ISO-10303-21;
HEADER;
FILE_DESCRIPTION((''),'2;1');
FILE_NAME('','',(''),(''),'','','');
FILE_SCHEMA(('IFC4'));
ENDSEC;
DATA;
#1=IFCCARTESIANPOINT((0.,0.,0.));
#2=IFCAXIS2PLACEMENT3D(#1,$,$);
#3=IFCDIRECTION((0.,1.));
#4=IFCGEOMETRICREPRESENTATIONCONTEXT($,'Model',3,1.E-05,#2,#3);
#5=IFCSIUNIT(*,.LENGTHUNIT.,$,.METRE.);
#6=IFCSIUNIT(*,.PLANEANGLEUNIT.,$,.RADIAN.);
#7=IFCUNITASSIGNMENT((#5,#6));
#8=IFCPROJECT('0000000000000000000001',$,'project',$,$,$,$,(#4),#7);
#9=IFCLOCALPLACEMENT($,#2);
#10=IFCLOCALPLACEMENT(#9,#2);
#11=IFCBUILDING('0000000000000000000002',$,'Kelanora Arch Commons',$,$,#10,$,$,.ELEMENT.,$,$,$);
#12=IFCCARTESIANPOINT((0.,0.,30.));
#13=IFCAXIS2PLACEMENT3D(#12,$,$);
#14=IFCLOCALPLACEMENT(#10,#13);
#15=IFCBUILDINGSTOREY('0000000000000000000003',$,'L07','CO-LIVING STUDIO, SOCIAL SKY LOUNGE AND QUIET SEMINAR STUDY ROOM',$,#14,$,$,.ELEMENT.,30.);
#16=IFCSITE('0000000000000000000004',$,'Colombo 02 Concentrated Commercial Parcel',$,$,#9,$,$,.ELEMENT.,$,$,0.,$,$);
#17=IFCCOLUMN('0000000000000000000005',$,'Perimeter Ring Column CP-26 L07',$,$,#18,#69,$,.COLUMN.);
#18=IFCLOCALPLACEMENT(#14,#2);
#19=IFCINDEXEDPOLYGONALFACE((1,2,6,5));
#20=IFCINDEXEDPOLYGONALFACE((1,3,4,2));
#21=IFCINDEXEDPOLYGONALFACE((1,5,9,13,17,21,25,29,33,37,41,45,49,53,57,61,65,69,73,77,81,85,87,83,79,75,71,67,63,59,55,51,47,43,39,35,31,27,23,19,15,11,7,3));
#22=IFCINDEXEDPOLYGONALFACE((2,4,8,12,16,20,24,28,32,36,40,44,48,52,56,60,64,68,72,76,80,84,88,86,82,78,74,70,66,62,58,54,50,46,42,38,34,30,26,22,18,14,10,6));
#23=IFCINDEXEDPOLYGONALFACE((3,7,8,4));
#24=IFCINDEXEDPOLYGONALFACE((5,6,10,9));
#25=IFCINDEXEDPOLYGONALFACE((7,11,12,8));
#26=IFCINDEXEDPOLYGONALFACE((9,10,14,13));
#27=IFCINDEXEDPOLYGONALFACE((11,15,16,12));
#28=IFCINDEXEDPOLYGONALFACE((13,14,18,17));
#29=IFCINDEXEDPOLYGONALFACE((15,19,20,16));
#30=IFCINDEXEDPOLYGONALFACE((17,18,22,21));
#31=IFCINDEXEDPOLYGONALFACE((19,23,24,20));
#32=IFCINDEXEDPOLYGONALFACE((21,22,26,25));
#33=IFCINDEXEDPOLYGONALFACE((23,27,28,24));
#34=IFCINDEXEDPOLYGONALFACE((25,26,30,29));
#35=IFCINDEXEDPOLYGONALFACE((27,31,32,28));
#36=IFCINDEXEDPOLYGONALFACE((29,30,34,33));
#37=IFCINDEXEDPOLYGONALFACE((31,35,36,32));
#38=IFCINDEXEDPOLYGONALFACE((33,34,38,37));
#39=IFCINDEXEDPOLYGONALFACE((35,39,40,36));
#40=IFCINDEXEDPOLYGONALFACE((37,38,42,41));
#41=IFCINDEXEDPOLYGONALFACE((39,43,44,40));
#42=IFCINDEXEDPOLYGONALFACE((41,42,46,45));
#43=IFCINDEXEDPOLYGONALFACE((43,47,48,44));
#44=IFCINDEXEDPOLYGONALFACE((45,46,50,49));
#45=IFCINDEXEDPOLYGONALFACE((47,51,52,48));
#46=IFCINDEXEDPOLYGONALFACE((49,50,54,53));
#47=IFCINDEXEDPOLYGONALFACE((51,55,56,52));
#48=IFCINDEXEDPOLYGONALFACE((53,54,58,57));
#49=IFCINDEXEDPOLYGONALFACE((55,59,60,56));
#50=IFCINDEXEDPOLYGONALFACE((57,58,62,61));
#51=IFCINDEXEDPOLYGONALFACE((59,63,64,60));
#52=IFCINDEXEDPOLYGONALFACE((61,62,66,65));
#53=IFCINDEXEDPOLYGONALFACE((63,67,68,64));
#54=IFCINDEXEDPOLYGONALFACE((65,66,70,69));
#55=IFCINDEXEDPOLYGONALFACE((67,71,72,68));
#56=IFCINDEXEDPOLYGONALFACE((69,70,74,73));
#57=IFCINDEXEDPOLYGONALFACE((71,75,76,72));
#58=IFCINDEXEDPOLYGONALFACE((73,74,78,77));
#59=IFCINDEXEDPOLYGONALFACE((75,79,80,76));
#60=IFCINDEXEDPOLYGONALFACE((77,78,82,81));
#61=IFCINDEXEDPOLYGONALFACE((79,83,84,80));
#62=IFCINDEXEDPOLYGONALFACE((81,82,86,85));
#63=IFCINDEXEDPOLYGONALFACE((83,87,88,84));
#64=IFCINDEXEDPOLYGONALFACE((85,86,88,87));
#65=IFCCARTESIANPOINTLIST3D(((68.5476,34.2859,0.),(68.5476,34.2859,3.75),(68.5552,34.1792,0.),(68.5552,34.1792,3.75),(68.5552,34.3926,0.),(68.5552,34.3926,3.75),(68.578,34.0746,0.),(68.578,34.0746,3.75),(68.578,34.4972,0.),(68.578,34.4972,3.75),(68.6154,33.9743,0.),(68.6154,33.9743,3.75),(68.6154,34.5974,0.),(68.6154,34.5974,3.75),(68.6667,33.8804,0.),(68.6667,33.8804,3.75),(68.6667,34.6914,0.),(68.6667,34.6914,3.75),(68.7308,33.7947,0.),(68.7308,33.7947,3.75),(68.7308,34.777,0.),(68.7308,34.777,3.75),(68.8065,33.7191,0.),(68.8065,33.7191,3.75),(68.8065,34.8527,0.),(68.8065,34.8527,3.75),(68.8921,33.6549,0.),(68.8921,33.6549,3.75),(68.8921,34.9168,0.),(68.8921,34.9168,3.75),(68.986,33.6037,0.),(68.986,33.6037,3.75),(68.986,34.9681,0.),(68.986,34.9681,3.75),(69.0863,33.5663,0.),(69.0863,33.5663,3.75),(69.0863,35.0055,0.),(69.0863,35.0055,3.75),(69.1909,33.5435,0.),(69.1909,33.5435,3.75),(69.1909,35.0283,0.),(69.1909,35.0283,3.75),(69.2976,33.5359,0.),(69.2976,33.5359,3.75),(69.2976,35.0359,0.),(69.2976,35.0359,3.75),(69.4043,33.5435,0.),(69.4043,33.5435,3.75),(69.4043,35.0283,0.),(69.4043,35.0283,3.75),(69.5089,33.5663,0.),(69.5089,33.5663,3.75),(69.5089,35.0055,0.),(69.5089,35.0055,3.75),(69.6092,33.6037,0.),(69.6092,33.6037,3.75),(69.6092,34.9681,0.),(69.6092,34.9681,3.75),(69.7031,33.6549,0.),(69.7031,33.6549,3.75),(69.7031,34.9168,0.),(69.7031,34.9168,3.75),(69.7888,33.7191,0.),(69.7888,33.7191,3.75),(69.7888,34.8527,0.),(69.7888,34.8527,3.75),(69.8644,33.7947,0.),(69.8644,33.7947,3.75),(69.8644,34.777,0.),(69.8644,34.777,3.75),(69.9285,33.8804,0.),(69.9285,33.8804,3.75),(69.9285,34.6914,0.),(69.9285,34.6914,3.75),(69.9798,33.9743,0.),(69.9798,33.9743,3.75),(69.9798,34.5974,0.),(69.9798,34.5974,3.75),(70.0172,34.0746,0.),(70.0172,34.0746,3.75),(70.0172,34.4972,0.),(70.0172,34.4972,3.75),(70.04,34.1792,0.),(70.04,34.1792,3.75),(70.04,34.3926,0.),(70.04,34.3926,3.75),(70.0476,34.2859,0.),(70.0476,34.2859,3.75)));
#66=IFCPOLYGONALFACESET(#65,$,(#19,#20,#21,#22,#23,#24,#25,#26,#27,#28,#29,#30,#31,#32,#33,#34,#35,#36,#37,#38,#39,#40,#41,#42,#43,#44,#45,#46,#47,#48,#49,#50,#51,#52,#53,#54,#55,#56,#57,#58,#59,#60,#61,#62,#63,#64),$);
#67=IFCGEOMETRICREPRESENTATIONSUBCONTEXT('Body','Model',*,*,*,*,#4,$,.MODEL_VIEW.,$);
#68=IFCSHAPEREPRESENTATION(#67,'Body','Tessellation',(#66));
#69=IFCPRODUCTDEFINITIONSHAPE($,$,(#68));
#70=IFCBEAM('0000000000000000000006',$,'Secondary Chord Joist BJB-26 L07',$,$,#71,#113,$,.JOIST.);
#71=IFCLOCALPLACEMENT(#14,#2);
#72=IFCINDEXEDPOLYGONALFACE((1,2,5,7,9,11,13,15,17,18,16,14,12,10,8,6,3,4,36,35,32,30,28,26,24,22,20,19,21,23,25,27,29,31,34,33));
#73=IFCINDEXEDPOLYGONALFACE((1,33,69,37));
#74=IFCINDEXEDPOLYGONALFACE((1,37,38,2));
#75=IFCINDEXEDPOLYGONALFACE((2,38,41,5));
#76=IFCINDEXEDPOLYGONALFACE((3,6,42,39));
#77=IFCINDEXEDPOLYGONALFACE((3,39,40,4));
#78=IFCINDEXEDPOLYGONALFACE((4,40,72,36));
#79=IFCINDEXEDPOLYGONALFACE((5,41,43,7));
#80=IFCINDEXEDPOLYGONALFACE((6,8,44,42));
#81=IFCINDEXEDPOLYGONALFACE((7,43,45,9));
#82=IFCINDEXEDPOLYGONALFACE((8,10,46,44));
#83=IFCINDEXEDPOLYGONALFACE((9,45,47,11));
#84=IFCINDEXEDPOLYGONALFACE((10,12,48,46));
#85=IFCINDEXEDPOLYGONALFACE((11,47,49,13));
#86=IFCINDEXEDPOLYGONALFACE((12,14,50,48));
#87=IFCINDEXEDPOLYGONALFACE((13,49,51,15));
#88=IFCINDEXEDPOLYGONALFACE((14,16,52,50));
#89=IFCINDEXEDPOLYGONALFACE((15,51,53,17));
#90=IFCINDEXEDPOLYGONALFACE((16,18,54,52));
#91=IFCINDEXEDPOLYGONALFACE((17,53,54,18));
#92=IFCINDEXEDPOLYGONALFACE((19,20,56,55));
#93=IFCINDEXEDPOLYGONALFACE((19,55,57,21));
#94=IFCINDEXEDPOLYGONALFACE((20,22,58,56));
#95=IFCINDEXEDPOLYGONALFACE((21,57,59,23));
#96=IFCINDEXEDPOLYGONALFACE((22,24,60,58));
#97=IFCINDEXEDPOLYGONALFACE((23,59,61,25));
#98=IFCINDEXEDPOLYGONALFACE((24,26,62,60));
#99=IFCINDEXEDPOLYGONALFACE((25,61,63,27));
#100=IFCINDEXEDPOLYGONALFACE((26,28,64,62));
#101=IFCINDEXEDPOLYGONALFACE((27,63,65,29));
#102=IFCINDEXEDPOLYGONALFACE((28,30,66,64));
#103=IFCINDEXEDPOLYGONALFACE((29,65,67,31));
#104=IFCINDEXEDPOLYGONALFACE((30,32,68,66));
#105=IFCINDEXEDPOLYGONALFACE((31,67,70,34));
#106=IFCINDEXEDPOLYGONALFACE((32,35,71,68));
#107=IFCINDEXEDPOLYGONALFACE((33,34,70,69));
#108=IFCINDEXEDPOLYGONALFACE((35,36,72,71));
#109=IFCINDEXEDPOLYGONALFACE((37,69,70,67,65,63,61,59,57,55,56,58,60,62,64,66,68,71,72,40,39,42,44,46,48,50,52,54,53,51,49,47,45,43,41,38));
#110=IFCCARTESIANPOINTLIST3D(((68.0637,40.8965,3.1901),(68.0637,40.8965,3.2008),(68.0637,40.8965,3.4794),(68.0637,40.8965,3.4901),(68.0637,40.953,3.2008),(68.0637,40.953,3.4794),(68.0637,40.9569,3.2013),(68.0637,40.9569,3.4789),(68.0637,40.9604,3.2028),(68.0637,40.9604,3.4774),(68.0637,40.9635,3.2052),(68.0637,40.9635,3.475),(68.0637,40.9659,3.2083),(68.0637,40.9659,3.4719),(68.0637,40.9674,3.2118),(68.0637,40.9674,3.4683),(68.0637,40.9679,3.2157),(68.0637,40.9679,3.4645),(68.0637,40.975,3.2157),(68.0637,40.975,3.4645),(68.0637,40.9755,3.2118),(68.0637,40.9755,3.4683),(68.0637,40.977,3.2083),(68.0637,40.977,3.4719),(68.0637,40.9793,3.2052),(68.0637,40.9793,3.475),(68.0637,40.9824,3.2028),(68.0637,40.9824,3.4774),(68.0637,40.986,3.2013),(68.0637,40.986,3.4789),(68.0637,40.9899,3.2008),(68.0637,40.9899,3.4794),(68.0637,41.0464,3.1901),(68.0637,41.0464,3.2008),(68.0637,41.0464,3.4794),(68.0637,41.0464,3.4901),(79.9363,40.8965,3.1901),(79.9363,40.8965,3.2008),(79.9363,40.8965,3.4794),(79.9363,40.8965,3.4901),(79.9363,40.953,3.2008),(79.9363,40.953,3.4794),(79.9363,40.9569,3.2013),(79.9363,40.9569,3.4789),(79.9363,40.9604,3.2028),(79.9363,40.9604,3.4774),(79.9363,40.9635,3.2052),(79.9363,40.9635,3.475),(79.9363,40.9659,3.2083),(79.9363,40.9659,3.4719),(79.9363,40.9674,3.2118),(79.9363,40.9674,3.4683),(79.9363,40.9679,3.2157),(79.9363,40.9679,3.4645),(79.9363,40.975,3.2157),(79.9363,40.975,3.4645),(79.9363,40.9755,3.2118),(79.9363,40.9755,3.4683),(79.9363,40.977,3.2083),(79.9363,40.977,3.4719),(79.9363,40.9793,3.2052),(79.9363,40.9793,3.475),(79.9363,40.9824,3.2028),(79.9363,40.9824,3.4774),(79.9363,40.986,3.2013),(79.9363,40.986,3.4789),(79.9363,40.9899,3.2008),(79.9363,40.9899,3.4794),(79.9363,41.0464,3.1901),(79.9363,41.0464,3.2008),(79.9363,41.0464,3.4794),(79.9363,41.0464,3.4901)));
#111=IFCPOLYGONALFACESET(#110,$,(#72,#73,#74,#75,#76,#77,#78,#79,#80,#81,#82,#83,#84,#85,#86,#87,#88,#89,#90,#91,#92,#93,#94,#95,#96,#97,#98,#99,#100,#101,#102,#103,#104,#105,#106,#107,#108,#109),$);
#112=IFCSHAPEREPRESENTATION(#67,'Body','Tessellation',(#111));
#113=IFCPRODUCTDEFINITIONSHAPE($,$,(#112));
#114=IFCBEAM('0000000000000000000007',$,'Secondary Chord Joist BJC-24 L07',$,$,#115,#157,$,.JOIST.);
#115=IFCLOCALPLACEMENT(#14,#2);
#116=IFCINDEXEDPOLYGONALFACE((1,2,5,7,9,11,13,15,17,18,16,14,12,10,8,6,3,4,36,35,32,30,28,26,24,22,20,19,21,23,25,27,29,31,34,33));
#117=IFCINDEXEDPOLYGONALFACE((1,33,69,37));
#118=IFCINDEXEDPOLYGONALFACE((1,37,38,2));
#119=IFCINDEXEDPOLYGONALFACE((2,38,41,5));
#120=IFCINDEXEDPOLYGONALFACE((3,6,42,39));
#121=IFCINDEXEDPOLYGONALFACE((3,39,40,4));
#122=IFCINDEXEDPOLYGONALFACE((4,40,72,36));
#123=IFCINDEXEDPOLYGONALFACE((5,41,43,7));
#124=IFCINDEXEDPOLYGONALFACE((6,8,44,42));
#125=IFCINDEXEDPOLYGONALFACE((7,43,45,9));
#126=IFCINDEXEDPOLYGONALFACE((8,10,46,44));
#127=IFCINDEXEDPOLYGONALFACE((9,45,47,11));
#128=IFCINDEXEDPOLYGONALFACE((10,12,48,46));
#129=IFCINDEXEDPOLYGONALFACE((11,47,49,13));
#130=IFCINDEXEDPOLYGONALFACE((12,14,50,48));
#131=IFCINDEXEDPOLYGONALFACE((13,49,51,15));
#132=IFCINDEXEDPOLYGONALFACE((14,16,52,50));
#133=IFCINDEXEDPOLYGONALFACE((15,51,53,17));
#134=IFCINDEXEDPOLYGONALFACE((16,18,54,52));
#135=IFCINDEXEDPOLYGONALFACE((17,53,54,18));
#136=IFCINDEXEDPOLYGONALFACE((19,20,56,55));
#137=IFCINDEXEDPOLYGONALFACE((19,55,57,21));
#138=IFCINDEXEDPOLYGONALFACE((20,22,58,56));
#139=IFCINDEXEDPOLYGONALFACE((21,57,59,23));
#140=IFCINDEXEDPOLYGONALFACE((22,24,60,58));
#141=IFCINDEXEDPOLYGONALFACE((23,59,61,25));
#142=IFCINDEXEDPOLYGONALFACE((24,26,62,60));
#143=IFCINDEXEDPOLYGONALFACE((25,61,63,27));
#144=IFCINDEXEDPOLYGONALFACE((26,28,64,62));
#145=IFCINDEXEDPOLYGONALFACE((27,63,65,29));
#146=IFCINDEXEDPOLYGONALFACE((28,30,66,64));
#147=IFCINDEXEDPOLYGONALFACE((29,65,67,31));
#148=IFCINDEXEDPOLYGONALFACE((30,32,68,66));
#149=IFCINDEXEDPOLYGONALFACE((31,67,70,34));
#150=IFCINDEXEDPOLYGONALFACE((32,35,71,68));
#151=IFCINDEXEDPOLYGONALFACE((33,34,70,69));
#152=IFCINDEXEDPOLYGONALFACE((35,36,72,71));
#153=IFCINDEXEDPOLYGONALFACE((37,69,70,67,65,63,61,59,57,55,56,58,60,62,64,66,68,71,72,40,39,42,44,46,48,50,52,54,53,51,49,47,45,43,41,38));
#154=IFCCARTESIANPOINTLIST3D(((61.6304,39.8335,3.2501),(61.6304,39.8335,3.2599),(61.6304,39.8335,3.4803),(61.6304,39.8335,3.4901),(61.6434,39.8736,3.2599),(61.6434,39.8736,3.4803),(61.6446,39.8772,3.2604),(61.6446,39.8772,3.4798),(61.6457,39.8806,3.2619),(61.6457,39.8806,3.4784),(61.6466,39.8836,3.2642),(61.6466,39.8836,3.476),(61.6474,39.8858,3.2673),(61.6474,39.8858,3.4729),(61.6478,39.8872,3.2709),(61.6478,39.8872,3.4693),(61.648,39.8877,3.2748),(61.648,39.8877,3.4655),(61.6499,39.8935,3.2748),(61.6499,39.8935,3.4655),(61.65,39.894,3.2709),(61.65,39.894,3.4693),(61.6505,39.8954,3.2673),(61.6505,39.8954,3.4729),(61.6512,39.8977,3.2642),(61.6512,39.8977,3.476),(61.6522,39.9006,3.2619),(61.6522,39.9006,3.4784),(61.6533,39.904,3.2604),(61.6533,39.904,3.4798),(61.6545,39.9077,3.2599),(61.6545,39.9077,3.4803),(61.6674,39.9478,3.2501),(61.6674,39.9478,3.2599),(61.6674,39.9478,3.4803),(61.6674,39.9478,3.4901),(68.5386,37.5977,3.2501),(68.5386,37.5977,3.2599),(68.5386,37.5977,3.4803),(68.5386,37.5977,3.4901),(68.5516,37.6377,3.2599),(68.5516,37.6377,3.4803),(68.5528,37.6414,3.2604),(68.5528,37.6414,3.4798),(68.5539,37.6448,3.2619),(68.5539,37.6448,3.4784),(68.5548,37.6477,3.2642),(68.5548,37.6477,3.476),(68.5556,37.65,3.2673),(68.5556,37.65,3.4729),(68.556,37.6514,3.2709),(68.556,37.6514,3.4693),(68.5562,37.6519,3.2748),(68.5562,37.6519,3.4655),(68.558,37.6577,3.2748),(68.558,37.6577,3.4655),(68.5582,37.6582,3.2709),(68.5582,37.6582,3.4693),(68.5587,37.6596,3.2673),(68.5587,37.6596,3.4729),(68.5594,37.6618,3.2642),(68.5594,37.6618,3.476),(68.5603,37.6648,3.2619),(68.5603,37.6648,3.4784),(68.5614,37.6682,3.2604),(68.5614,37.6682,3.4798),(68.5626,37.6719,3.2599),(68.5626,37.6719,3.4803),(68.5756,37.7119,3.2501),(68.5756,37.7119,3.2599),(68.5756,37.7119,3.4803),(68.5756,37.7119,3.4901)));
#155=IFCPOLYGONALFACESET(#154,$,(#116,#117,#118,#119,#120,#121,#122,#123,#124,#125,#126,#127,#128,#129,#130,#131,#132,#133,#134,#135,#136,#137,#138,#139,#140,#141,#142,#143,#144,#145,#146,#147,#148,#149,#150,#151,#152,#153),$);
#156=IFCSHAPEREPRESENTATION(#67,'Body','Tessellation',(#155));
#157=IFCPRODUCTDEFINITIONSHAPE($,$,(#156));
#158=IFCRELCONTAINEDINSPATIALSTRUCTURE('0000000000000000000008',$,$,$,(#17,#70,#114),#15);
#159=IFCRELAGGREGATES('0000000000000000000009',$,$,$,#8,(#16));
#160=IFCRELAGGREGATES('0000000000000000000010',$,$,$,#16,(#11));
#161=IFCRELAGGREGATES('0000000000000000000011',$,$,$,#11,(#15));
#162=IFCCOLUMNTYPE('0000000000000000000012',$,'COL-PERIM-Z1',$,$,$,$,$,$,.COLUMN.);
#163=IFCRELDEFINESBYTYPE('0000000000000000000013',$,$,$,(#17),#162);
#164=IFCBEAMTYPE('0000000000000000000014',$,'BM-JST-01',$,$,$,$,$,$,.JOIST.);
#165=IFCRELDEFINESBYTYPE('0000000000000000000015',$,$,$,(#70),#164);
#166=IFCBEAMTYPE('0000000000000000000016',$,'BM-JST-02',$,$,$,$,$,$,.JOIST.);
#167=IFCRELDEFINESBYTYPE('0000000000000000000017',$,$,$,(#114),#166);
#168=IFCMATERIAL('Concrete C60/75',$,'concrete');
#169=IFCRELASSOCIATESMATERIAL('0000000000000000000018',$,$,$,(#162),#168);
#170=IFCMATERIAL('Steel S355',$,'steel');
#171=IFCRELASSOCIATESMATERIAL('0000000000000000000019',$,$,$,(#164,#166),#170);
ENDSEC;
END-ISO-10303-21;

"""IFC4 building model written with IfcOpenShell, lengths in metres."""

from ifc_helpers import new_model, si_unit, direction, frame, origin, origin_2d, place, context, subcontext, project, spatial, circle, i_section, extrude, material, material_profile, profile_set, type_object, element, save


model = new_model("IFC4")

# Units and contexts
model_context = context("Model", 3, precision=1e-05, world=origin(), true_north=direction((0.0, 1.0)))
body_context = subcontext(model_context, "Body", "Model", "MODEL_VIEW")
ifc_project = project(units=[si_unit("LENGTHUNIT", "METRE"), si_unit("PLANEANGLEUNIT", "RADIAN")], contexts=[model_context])

# Site, building, storey
site_placement = place(None, origin())
site = spatial("IfcSite", under=ifc_project, at=site_placement, Name="Colombo 02 Concentrated Commercial Parcel", CompositionType="ELEMENT", RefElevation=0.0)
building_placement = place(site_placement, origin())
building = spatial("IfcBuilding", under=site, at=building_placement, Name="Kelanora Arch Commons", CompositionType="ELEMENT")
storey_placement = place(building_placement, frame((0.0, 0.0, 30.0)))
storey = spatial("IfcBuildingStorey", under=building, at=storey_placement, Name="L07", Description="CO-LIVING STUDIO, SOCIAL SKY LOUNGE AND QUIET SEMINAR STUDY ROOM", CompositionType="ELEMENT", Elevation=30.0)

# Column
ifc_material_1 = material(Name="Concrete C60/75", Category="concrete")
ifc_material_profile_1 = material_profile(ifc_material_1, circle(Radius=0.75, at=origin_2d()), Name="RCC1500")
ifc_profile_set_1 = profile_set([ifc_material_profile_1], Name="Concrete C60/75")
column_type = type_object("IfcColumnType", Name="COL-PERIM-Z1", PredefinedType="COLUMN", material=ifc_profile_set_1)
column_placement = place(storey_placement, frame((69.2976, 34.2859, 0.0), z_axis=(0.0, 0.0, 1.0), x_axis=(1.0, 0.0, 0.0)))
element("IfcColumn", 1, at=column_placement, inside=storey, type_object=column_type, Name="Perimeter Ring Column CP-26 L07", PredefinedType="COLUMN", context=body_context, shape_type="SweptSolid", body=[
    extrude(circle(Radius=0.75, at=origin_2d()), origin(), (0.0, 0.0, 1.0), 3.75),
])

# Beams
ifc_material_2 = material(Name="Steel S355", Category="steel")
ifc_material_profile_2 = material_profile(ifc_material_2, i_section(OverallWidth=0.1499, OverallDepth=0.3, WebThickness=0.0071, FlangeThickness=0.0107, FilletRadius=0.0149, at=origin_2d()), Name="IPE300")
ifc_profile_set_2 = profile_set([ifc_material_profile_2], Name="Steel S355")
beam_type_1 = type_object("IfcBeamType", Name="BM-JST-01", PredefinedType="JOIST", material=ifc_profile_set_2)
beam_1_placement = place(storey_placement, frame((68.0637, 40.9714, 3.3401), z_axis=(1.0, 0.0, 0.0), x_axis=(0.0, 1.0, 0.0)))
element("IfcBeam", 2, at=beam_1_placement, inside=storey, type_object=beam_type_1, Name="Secondary Chord Joist BJB-26 L07", PredefinedType="JOIST", context=body_context, shape_type="SweptSolid", body=[
    extrude(i_section(OverallWidth=0.1499, OverallDepth=0.3, WebThickness=0.0071, FlangeThickness=0.0107, FilletRadius=0.0149, at=origin_2d()), origin(), (0.0, 0.0, 1.0), 11.8726),
])
ifc_material_profile_3 = material_profile(ifc_material_2, i_section(OverallWidth=0.1201, OverallDepth=0.24, WebThickness=0.0061, FlangeThickness=0.0098, FilletRadius=0.0149, at=origin_2d()), Name="IPE240")
ifc_profile_set_3 = profile_set([ifc_material_profile_3], Name="Steel S355")
beam_type_2 = type_object("IfcBeamType", Name="BM-JST-02", PredefinedType="JOIST", material=ifc_profile_set_3)
beam_2_placement = place(storey_placement, frame((61.6489, 39.8906, 3.3701), z_axis=(0.951411, -0.307924, 0.0), x_axis=(0.307924, 0.951411, 0.0)))
element("IfcBeam", 3, at=beam_2_placement, inside=storey, type_object=beam_type_2, Name="Secondary Chord Joist BJC-24 L07", PredefinedType="JOIST", context=body_context, shape_type="SweptSolid", body=[
    extrude(i_section(OverallWidth=0.1201, OverallDepth=0.24, WebThickness=0.0061, FlangeThickness=0.0098, FilletRadius=0.0149, at=origin_2d()), origin(), (0.0, 0.0, 1.0), 7.261),
])

save(model, "model.ifc")
